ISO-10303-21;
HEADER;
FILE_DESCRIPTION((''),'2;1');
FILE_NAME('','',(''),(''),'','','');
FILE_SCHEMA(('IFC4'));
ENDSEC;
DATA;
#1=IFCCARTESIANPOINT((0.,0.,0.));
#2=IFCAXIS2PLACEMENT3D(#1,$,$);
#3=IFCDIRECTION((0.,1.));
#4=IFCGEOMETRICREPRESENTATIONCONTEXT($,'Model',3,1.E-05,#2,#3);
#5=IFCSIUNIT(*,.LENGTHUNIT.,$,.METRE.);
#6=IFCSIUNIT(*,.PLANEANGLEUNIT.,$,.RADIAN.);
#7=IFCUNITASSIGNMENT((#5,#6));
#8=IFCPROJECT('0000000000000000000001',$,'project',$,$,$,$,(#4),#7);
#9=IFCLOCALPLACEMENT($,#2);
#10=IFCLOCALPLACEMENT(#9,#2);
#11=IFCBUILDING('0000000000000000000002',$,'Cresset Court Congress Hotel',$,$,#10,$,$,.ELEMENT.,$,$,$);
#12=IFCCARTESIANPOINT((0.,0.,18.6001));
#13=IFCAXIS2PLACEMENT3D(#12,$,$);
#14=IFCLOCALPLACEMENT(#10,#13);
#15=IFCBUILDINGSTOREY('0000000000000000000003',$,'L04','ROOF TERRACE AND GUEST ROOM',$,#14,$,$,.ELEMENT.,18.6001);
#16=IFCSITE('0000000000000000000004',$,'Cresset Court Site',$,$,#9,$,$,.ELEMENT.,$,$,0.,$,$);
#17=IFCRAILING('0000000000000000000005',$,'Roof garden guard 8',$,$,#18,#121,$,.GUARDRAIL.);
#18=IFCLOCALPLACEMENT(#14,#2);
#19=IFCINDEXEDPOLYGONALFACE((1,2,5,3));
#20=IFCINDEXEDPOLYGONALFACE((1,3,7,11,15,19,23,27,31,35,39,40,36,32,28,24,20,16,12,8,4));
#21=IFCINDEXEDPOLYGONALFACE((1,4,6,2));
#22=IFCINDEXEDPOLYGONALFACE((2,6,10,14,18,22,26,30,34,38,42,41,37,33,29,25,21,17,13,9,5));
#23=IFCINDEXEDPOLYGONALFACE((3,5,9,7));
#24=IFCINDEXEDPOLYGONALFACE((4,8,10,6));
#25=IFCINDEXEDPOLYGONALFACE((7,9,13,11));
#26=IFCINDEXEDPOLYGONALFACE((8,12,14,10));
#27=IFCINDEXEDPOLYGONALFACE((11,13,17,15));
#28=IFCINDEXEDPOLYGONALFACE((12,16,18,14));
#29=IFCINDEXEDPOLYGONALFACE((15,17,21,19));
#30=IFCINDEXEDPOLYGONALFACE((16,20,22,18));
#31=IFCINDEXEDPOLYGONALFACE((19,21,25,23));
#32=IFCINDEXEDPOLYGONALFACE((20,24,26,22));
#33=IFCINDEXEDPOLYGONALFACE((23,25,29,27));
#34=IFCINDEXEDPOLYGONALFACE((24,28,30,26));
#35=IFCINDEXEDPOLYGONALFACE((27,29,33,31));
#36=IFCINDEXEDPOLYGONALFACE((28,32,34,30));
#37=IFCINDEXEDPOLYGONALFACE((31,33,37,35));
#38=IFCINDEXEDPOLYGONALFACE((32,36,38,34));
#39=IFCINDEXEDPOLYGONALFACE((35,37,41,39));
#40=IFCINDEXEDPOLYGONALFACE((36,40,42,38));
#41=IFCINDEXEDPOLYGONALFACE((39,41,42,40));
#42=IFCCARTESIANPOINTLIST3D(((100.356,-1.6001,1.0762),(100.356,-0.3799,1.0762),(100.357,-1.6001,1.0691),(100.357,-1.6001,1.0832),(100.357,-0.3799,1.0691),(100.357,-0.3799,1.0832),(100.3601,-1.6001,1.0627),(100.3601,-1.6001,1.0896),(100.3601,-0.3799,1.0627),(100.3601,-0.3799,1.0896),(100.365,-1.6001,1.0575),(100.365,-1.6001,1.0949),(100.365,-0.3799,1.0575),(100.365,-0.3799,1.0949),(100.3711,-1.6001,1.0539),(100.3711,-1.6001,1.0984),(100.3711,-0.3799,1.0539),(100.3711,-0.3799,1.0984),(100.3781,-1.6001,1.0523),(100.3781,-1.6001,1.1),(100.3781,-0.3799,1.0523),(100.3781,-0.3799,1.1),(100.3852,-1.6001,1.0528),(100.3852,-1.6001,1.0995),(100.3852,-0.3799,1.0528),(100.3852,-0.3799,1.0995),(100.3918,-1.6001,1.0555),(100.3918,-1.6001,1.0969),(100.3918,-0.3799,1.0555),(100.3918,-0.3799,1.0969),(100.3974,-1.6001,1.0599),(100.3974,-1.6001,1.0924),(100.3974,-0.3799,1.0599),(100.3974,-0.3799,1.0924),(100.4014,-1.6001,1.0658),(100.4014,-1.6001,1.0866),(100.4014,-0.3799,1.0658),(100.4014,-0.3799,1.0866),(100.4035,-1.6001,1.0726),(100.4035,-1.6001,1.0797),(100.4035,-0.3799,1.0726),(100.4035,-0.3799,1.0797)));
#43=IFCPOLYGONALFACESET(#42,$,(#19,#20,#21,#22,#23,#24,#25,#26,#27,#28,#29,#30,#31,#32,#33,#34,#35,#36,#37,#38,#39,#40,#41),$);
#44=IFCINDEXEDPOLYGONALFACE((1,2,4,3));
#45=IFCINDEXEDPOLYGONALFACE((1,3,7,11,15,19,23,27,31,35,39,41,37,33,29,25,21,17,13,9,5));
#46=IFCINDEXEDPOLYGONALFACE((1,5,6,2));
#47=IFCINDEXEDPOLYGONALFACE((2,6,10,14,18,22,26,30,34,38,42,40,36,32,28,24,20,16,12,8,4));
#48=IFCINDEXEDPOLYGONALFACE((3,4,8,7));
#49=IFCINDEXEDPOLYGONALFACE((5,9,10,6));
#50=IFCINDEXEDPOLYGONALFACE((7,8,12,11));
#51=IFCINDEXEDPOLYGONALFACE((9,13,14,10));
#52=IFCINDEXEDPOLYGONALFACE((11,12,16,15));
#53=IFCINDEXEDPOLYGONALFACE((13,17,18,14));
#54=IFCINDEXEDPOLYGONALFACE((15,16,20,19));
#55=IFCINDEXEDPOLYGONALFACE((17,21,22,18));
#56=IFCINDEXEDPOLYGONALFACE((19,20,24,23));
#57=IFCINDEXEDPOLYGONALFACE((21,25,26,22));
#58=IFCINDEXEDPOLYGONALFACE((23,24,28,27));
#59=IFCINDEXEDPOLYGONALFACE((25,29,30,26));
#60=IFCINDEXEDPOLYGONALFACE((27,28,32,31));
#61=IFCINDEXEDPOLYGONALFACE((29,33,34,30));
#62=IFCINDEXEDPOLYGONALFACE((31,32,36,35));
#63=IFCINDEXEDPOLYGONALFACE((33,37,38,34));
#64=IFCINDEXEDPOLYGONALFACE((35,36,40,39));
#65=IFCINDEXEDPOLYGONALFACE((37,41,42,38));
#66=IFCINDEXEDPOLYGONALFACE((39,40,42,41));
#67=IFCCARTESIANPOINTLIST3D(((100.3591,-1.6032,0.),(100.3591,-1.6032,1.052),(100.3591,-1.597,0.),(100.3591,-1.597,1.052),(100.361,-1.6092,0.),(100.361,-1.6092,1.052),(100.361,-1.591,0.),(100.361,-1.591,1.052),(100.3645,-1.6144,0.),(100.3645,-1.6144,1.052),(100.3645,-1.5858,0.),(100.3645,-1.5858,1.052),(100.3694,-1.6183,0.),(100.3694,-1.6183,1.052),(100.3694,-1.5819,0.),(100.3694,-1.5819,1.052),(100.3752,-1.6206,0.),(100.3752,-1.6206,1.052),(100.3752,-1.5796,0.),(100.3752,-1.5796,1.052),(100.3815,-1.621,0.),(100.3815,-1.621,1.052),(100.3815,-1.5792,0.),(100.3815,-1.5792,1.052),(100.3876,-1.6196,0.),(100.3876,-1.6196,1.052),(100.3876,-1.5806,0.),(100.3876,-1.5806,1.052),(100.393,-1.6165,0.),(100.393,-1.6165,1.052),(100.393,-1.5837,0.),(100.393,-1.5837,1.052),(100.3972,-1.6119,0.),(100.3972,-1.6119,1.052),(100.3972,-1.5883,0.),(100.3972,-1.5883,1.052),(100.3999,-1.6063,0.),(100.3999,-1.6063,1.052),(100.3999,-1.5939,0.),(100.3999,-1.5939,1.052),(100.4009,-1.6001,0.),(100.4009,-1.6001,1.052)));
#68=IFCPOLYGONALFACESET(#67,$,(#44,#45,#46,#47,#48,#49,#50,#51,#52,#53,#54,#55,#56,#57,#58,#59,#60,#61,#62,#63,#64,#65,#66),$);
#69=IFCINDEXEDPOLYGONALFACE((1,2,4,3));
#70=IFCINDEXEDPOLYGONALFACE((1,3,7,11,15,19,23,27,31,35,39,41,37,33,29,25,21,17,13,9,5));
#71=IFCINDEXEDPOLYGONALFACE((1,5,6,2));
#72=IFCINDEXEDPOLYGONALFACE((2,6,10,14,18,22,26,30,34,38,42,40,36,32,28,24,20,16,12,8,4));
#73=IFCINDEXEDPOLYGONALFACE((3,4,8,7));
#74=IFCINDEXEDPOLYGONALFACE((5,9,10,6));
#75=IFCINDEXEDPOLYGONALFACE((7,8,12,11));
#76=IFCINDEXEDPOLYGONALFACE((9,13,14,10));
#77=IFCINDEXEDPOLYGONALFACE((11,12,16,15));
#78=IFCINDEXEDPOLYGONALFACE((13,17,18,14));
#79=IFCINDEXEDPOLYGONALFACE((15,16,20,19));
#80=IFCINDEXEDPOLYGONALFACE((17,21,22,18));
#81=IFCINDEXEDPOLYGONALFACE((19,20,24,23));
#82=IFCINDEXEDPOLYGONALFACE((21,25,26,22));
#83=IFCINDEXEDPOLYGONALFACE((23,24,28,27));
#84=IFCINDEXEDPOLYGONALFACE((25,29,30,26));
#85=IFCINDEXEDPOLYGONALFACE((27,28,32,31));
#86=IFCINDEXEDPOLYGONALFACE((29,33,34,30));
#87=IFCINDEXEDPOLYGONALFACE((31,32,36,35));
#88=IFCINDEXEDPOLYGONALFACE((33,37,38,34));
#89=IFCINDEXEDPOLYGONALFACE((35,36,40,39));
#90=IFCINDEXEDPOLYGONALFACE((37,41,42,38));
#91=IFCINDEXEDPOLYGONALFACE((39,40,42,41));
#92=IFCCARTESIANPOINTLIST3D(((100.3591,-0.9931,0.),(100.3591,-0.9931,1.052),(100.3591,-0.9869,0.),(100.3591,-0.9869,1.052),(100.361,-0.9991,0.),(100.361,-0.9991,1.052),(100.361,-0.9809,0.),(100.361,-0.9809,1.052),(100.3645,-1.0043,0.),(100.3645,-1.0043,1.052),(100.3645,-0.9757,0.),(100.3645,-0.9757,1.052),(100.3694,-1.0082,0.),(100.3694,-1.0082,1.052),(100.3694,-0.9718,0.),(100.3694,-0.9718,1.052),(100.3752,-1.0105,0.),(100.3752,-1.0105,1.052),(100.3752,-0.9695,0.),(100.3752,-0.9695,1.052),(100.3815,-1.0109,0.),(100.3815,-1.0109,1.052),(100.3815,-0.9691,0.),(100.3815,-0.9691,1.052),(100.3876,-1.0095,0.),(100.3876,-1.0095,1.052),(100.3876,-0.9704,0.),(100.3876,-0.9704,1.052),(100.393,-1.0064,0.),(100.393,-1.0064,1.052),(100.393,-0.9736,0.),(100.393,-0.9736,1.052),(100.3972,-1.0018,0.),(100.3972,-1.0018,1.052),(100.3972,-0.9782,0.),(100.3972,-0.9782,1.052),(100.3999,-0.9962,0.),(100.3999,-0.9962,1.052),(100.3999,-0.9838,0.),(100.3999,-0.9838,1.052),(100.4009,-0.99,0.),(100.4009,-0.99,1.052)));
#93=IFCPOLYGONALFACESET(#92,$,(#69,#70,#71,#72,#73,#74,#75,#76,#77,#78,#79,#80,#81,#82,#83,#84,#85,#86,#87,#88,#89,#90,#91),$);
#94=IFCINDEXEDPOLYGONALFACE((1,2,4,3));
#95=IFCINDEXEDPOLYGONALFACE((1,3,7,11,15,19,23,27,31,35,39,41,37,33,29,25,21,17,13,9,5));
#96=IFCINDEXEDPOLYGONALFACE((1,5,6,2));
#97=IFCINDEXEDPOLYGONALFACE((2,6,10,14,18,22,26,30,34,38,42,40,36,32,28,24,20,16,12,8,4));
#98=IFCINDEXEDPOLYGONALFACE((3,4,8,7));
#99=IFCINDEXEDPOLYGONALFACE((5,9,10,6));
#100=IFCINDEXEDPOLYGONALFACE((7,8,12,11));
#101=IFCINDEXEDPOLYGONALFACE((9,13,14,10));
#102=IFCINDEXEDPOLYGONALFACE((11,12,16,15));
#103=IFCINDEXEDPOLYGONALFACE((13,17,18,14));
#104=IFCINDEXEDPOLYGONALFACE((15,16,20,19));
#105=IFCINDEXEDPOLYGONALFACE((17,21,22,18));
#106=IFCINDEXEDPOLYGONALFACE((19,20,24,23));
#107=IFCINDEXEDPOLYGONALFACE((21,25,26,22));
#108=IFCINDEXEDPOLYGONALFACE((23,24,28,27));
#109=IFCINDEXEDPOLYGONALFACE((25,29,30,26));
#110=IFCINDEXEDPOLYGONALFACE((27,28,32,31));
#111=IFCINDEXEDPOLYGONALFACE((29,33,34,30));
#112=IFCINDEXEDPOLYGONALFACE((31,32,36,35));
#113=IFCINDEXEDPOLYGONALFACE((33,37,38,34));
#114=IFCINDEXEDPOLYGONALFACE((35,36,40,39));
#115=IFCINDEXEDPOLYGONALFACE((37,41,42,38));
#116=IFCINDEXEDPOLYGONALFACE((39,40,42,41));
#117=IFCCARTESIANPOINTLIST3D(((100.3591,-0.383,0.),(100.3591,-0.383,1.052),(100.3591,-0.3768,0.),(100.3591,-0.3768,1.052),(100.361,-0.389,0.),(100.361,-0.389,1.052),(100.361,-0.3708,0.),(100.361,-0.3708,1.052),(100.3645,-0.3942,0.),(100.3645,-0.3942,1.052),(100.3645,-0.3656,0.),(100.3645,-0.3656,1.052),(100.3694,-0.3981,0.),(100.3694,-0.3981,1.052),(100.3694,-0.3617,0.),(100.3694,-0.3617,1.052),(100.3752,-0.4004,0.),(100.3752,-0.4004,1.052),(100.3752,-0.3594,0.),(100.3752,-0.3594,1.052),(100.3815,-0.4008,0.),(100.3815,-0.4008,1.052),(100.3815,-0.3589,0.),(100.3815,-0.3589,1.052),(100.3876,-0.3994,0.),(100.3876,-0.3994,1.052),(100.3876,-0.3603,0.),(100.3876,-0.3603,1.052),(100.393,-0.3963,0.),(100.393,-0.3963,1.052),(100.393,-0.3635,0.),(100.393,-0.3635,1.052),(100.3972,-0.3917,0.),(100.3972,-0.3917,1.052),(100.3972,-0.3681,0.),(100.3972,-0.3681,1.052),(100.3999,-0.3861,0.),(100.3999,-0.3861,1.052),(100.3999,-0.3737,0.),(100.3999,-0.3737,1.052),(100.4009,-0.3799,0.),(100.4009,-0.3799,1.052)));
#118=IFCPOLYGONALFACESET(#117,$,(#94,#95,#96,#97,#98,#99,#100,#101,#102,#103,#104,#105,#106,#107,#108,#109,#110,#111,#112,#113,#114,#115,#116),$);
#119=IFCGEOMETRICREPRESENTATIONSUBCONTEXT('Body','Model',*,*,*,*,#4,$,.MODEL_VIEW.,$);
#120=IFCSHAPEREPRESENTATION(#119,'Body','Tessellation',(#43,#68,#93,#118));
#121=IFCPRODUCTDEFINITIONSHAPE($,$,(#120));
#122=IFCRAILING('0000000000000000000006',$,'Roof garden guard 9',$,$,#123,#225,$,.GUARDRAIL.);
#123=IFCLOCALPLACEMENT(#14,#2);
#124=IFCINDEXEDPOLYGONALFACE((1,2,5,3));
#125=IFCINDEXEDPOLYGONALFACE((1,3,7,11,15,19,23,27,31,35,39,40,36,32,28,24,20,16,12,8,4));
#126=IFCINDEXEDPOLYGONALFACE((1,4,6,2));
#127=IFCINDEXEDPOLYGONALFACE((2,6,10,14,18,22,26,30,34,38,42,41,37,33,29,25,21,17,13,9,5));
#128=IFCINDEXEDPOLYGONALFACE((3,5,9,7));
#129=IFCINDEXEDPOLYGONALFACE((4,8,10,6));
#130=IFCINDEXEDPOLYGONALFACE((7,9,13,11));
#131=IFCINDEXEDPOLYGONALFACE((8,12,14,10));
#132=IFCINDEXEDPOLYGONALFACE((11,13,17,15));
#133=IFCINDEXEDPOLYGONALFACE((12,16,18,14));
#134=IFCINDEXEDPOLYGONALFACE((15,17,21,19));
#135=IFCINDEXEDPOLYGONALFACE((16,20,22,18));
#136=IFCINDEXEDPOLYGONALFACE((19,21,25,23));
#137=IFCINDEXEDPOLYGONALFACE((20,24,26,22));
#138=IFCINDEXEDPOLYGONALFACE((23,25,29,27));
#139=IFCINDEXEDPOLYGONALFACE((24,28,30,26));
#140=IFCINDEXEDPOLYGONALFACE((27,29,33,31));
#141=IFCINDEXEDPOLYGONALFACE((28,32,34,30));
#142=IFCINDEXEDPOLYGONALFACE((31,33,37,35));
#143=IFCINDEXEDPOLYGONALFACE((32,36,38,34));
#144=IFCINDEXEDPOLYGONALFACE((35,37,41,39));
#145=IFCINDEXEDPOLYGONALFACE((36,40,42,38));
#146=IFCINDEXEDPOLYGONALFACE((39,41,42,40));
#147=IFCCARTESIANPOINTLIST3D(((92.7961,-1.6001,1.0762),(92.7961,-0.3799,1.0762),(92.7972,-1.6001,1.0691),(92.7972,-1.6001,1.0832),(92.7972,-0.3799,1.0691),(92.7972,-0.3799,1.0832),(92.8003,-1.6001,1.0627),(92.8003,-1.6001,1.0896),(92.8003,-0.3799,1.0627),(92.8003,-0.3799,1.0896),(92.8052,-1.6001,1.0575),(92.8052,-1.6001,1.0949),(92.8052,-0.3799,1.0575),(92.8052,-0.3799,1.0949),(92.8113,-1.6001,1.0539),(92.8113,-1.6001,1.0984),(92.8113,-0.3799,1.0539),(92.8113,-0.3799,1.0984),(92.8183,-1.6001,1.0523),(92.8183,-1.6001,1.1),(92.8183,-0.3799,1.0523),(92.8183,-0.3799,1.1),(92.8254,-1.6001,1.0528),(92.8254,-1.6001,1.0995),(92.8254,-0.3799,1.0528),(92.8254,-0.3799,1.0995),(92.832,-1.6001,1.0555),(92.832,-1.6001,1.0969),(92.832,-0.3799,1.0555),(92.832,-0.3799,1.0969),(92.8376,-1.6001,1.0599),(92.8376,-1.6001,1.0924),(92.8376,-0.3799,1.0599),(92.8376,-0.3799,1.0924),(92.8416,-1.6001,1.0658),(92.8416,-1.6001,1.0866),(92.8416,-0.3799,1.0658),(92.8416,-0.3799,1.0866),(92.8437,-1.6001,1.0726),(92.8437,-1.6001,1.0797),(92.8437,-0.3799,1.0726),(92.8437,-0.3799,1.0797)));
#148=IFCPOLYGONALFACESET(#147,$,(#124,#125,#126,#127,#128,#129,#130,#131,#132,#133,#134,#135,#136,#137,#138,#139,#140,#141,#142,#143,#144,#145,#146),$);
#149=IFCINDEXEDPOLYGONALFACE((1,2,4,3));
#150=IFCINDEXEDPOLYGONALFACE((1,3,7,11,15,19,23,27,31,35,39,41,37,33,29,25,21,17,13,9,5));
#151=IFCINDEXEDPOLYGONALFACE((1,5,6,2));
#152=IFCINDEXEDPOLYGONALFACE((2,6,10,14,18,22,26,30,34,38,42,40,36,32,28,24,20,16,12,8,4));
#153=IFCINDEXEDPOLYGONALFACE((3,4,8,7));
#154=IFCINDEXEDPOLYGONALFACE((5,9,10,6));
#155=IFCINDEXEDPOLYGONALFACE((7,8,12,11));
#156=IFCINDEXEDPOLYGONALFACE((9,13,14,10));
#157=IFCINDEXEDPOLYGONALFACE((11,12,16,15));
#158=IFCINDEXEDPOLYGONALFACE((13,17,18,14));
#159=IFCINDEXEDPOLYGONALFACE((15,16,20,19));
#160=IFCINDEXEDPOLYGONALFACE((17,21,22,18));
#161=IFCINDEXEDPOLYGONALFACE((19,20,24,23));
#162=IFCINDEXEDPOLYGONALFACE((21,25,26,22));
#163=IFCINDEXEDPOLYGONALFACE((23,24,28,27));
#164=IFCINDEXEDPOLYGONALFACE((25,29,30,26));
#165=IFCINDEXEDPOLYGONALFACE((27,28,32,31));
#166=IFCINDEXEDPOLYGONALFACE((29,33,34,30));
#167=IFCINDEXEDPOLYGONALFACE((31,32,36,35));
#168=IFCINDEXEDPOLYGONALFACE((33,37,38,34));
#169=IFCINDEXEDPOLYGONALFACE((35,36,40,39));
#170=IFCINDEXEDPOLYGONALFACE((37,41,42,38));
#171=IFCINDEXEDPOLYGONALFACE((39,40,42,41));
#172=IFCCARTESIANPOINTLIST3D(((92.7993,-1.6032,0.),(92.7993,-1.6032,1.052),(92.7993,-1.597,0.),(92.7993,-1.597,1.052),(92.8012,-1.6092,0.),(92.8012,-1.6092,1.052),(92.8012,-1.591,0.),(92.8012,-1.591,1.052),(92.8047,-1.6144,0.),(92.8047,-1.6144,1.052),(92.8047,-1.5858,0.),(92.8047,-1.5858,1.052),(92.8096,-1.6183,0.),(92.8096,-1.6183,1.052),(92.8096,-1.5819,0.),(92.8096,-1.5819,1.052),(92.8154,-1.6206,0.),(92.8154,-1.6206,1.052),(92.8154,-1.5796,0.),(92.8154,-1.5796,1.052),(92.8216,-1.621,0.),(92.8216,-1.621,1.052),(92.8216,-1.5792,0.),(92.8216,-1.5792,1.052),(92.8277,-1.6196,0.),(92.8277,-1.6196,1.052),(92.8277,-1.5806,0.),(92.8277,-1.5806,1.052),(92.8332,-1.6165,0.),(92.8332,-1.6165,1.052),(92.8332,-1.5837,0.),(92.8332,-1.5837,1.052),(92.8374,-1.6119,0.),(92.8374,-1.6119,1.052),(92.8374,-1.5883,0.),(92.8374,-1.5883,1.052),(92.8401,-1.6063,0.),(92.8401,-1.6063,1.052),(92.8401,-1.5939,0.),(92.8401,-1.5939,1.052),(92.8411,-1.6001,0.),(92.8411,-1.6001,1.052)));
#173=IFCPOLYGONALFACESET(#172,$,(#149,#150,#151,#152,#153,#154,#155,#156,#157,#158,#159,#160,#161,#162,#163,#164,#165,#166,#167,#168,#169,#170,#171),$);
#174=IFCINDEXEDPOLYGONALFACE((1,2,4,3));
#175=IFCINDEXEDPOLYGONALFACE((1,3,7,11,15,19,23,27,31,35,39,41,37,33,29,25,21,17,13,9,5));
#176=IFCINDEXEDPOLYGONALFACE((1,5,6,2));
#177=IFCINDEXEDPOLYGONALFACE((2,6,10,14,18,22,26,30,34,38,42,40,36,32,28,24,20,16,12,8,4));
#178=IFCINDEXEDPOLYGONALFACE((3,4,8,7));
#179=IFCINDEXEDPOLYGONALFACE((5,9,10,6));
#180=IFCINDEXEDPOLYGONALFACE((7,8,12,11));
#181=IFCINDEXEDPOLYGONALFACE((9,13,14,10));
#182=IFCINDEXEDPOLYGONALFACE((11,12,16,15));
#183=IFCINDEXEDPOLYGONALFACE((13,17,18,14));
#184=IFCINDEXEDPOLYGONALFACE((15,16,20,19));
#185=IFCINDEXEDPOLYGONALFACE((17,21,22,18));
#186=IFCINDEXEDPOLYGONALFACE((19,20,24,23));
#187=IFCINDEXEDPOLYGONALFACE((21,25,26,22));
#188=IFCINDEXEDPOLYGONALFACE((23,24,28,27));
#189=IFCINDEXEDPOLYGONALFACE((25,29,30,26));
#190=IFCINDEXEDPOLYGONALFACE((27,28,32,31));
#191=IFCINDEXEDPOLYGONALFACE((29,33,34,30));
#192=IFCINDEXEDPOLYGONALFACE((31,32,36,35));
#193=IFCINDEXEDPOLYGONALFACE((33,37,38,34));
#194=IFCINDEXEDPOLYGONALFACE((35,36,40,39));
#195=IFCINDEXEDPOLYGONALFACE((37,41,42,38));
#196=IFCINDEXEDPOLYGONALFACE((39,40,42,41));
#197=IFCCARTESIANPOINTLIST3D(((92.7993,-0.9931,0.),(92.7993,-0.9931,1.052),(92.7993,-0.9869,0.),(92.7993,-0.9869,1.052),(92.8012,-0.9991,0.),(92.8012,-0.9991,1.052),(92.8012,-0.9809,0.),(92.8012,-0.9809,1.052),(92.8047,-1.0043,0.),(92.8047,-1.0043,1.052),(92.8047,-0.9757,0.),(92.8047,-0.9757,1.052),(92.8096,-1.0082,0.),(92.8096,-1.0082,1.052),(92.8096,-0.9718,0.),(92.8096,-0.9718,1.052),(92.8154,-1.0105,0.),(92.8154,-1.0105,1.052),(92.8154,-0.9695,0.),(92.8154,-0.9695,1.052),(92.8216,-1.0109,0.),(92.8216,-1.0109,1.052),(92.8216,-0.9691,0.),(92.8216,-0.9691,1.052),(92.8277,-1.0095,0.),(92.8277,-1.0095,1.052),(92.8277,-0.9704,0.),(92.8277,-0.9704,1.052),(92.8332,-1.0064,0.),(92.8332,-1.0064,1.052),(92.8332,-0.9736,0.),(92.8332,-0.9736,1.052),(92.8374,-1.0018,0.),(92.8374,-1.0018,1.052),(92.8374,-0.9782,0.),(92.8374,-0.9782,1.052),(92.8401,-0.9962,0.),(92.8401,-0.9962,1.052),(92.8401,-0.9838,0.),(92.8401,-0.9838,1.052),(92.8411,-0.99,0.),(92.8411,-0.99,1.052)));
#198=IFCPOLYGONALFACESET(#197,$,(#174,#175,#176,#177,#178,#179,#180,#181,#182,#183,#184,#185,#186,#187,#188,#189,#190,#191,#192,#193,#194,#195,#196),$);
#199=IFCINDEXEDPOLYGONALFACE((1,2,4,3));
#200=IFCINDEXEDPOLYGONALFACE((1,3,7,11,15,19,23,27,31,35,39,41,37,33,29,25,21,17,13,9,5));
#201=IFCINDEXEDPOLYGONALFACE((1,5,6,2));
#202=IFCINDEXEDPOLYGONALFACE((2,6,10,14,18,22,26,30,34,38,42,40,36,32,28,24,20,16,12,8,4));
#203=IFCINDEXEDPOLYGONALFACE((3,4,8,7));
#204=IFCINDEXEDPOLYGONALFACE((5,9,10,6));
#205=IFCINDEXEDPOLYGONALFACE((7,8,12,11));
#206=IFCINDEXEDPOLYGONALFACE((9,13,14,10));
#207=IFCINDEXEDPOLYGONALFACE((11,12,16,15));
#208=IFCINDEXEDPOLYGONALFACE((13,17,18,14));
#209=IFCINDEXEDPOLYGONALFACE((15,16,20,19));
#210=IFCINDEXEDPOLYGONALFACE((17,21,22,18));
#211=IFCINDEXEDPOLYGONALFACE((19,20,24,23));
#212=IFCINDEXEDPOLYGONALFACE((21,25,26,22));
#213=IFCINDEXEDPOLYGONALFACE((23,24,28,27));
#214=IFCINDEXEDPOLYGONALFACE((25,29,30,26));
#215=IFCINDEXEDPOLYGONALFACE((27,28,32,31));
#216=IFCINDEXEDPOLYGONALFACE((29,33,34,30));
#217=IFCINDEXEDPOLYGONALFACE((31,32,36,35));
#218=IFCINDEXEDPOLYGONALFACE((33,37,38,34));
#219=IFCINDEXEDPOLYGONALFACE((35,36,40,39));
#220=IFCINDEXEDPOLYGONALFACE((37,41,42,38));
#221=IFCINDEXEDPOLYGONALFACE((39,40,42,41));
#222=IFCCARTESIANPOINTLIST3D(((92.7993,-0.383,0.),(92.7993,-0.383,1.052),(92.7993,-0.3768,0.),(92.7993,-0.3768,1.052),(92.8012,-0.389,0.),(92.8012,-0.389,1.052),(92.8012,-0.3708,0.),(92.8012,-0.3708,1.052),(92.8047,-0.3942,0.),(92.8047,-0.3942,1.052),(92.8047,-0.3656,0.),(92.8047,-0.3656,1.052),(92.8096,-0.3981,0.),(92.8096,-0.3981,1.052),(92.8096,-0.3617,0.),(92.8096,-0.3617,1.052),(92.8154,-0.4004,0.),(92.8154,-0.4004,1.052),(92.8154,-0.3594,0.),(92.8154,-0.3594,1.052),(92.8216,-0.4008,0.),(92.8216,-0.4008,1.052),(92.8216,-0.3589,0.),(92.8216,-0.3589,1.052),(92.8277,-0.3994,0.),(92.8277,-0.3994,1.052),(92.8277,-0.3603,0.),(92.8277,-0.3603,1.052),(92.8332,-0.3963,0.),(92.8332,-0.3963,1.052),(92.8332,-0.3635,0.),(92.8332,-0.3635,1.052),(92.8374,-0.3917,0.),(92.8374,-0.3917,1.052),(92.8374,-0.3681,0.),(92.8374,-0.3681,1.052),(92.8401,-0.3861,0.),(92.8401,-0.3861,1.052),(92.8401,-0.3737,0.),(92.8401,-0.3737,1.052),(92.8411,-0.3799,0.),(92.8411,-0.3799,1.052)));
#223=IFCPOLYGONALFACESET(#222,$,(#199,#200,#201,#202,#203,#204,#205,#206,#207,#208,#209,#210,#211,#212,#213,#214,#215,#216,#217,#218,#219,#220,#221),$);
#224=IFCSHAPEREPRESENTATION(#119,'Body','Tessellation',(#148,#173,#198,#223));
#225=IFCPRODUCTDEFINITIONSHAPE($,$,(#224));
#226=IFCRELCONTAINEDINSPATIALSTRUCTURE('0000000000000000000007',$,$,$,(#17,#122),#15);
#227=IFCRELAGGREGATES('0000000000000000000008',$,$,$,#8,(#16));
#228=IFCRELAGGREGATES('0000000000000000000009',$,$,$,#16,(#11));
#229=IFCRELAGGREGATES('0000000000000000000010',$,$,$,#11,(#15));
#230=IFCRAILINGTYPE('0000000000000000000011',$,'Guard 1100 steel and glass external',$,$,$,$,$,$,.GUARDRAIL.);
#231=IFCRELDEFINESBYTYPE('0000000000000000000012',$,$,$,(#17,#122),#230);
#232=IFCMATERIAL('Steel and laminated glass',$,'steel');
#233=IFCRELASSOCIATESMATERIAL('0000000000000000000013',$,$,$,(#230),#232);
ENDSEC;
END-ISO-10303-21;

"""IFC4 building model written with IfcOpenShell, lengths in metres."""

from ifc_helpers import new_model, si_unit, direction, frame, origin, origin_2d, place, context, subcontext, project, spatial, circle, extrude, material, type_object, element, save


model = new_model("IFC4")

# Units and contexts
model_context = context("Model", 3, precision=1e-05, world=origin(), true_north=direction((0.0, 1.0)))
body_context = subcontext(model_context, "Body", "Model", "MODEL_VIEW")
ifc_project = project(units=[si_unit("LENGTHUNIT", "METRE"), si_unit("PLANEANGLEUNIT", "RADIAN")], contexts=[model_context])

# Site, building, storey
site_placement = place(None, origin())
site = spatial("IfcSite", under=ifc_project, at=site_placement, Name="Cresset Court Site", CompositionType="ELEMENT", RefElevation=0.0)
building_placement = place(site_placement, origin())
building = spatial("IfcBuilding", under=site, at=building_placement, Name="Cresset Court Congress Hotel", CompositionType="ELEMENT")
storey_placement = place(building_placement, frame((0.0, 0.0, 18.6001)))
storey = spatial("IfcBuildingStorey", under=building, at=storey_placement, Name="L04", Description="ROOF TERRACE AND GUEST ROOM", CompositionType="ELEMENT", Elevation=18.6001)

# Railings
ifc_material_1 = material(Name="Steel and laminated glass", Category="steel")
railing_type = type_object("IfcRailingType", Name="Guard 1100 steel and glass external", PredefinedType="GUARDRAIL", material=ifc_material_1)
for number, where, name in (
    (1, (100.3799, -1.6001, 0.0), "Roof garden guard 8"),
    (2, (92.8201, -1.6001, 0.0), "Roof garden guard 9"),
):
    element("IfcRailing", number, at=place(storey_placement, frame(where)), inside=storey, type_object=railing_type, Name=name, PredefinedType="GUARDRAIL", context=body_context, shape_type="SweptSolid", body=[
        extrude(circle(Radius=0.0239, at=origin_2d()), frame((0.0, 0.0, 1.0762), z_axis=(0.0, 1.0, 0.0), x_axis=(-1.0, 0.0, 0.0)), (0.0, 0.0, 1.0), 1.2202),
        extrude(circle(Radius=0.021, at=origin_2d()), origin(), (0.0, 0.0, 1.0), 1.052),
        extrude(circle(Radius=0.021, at=origin_2d()), frame((0.0, 0.6101, 0.0)), (0.0, 0.0, 1.0), 1.052),
        extrude(circle(Radius=0.021, at=origin_2d()), frame((0.0, 1.2202, 0.0)), (0.0, 0.0, 1.0), 1.052),
    ])

save(model, "model.ifc")
